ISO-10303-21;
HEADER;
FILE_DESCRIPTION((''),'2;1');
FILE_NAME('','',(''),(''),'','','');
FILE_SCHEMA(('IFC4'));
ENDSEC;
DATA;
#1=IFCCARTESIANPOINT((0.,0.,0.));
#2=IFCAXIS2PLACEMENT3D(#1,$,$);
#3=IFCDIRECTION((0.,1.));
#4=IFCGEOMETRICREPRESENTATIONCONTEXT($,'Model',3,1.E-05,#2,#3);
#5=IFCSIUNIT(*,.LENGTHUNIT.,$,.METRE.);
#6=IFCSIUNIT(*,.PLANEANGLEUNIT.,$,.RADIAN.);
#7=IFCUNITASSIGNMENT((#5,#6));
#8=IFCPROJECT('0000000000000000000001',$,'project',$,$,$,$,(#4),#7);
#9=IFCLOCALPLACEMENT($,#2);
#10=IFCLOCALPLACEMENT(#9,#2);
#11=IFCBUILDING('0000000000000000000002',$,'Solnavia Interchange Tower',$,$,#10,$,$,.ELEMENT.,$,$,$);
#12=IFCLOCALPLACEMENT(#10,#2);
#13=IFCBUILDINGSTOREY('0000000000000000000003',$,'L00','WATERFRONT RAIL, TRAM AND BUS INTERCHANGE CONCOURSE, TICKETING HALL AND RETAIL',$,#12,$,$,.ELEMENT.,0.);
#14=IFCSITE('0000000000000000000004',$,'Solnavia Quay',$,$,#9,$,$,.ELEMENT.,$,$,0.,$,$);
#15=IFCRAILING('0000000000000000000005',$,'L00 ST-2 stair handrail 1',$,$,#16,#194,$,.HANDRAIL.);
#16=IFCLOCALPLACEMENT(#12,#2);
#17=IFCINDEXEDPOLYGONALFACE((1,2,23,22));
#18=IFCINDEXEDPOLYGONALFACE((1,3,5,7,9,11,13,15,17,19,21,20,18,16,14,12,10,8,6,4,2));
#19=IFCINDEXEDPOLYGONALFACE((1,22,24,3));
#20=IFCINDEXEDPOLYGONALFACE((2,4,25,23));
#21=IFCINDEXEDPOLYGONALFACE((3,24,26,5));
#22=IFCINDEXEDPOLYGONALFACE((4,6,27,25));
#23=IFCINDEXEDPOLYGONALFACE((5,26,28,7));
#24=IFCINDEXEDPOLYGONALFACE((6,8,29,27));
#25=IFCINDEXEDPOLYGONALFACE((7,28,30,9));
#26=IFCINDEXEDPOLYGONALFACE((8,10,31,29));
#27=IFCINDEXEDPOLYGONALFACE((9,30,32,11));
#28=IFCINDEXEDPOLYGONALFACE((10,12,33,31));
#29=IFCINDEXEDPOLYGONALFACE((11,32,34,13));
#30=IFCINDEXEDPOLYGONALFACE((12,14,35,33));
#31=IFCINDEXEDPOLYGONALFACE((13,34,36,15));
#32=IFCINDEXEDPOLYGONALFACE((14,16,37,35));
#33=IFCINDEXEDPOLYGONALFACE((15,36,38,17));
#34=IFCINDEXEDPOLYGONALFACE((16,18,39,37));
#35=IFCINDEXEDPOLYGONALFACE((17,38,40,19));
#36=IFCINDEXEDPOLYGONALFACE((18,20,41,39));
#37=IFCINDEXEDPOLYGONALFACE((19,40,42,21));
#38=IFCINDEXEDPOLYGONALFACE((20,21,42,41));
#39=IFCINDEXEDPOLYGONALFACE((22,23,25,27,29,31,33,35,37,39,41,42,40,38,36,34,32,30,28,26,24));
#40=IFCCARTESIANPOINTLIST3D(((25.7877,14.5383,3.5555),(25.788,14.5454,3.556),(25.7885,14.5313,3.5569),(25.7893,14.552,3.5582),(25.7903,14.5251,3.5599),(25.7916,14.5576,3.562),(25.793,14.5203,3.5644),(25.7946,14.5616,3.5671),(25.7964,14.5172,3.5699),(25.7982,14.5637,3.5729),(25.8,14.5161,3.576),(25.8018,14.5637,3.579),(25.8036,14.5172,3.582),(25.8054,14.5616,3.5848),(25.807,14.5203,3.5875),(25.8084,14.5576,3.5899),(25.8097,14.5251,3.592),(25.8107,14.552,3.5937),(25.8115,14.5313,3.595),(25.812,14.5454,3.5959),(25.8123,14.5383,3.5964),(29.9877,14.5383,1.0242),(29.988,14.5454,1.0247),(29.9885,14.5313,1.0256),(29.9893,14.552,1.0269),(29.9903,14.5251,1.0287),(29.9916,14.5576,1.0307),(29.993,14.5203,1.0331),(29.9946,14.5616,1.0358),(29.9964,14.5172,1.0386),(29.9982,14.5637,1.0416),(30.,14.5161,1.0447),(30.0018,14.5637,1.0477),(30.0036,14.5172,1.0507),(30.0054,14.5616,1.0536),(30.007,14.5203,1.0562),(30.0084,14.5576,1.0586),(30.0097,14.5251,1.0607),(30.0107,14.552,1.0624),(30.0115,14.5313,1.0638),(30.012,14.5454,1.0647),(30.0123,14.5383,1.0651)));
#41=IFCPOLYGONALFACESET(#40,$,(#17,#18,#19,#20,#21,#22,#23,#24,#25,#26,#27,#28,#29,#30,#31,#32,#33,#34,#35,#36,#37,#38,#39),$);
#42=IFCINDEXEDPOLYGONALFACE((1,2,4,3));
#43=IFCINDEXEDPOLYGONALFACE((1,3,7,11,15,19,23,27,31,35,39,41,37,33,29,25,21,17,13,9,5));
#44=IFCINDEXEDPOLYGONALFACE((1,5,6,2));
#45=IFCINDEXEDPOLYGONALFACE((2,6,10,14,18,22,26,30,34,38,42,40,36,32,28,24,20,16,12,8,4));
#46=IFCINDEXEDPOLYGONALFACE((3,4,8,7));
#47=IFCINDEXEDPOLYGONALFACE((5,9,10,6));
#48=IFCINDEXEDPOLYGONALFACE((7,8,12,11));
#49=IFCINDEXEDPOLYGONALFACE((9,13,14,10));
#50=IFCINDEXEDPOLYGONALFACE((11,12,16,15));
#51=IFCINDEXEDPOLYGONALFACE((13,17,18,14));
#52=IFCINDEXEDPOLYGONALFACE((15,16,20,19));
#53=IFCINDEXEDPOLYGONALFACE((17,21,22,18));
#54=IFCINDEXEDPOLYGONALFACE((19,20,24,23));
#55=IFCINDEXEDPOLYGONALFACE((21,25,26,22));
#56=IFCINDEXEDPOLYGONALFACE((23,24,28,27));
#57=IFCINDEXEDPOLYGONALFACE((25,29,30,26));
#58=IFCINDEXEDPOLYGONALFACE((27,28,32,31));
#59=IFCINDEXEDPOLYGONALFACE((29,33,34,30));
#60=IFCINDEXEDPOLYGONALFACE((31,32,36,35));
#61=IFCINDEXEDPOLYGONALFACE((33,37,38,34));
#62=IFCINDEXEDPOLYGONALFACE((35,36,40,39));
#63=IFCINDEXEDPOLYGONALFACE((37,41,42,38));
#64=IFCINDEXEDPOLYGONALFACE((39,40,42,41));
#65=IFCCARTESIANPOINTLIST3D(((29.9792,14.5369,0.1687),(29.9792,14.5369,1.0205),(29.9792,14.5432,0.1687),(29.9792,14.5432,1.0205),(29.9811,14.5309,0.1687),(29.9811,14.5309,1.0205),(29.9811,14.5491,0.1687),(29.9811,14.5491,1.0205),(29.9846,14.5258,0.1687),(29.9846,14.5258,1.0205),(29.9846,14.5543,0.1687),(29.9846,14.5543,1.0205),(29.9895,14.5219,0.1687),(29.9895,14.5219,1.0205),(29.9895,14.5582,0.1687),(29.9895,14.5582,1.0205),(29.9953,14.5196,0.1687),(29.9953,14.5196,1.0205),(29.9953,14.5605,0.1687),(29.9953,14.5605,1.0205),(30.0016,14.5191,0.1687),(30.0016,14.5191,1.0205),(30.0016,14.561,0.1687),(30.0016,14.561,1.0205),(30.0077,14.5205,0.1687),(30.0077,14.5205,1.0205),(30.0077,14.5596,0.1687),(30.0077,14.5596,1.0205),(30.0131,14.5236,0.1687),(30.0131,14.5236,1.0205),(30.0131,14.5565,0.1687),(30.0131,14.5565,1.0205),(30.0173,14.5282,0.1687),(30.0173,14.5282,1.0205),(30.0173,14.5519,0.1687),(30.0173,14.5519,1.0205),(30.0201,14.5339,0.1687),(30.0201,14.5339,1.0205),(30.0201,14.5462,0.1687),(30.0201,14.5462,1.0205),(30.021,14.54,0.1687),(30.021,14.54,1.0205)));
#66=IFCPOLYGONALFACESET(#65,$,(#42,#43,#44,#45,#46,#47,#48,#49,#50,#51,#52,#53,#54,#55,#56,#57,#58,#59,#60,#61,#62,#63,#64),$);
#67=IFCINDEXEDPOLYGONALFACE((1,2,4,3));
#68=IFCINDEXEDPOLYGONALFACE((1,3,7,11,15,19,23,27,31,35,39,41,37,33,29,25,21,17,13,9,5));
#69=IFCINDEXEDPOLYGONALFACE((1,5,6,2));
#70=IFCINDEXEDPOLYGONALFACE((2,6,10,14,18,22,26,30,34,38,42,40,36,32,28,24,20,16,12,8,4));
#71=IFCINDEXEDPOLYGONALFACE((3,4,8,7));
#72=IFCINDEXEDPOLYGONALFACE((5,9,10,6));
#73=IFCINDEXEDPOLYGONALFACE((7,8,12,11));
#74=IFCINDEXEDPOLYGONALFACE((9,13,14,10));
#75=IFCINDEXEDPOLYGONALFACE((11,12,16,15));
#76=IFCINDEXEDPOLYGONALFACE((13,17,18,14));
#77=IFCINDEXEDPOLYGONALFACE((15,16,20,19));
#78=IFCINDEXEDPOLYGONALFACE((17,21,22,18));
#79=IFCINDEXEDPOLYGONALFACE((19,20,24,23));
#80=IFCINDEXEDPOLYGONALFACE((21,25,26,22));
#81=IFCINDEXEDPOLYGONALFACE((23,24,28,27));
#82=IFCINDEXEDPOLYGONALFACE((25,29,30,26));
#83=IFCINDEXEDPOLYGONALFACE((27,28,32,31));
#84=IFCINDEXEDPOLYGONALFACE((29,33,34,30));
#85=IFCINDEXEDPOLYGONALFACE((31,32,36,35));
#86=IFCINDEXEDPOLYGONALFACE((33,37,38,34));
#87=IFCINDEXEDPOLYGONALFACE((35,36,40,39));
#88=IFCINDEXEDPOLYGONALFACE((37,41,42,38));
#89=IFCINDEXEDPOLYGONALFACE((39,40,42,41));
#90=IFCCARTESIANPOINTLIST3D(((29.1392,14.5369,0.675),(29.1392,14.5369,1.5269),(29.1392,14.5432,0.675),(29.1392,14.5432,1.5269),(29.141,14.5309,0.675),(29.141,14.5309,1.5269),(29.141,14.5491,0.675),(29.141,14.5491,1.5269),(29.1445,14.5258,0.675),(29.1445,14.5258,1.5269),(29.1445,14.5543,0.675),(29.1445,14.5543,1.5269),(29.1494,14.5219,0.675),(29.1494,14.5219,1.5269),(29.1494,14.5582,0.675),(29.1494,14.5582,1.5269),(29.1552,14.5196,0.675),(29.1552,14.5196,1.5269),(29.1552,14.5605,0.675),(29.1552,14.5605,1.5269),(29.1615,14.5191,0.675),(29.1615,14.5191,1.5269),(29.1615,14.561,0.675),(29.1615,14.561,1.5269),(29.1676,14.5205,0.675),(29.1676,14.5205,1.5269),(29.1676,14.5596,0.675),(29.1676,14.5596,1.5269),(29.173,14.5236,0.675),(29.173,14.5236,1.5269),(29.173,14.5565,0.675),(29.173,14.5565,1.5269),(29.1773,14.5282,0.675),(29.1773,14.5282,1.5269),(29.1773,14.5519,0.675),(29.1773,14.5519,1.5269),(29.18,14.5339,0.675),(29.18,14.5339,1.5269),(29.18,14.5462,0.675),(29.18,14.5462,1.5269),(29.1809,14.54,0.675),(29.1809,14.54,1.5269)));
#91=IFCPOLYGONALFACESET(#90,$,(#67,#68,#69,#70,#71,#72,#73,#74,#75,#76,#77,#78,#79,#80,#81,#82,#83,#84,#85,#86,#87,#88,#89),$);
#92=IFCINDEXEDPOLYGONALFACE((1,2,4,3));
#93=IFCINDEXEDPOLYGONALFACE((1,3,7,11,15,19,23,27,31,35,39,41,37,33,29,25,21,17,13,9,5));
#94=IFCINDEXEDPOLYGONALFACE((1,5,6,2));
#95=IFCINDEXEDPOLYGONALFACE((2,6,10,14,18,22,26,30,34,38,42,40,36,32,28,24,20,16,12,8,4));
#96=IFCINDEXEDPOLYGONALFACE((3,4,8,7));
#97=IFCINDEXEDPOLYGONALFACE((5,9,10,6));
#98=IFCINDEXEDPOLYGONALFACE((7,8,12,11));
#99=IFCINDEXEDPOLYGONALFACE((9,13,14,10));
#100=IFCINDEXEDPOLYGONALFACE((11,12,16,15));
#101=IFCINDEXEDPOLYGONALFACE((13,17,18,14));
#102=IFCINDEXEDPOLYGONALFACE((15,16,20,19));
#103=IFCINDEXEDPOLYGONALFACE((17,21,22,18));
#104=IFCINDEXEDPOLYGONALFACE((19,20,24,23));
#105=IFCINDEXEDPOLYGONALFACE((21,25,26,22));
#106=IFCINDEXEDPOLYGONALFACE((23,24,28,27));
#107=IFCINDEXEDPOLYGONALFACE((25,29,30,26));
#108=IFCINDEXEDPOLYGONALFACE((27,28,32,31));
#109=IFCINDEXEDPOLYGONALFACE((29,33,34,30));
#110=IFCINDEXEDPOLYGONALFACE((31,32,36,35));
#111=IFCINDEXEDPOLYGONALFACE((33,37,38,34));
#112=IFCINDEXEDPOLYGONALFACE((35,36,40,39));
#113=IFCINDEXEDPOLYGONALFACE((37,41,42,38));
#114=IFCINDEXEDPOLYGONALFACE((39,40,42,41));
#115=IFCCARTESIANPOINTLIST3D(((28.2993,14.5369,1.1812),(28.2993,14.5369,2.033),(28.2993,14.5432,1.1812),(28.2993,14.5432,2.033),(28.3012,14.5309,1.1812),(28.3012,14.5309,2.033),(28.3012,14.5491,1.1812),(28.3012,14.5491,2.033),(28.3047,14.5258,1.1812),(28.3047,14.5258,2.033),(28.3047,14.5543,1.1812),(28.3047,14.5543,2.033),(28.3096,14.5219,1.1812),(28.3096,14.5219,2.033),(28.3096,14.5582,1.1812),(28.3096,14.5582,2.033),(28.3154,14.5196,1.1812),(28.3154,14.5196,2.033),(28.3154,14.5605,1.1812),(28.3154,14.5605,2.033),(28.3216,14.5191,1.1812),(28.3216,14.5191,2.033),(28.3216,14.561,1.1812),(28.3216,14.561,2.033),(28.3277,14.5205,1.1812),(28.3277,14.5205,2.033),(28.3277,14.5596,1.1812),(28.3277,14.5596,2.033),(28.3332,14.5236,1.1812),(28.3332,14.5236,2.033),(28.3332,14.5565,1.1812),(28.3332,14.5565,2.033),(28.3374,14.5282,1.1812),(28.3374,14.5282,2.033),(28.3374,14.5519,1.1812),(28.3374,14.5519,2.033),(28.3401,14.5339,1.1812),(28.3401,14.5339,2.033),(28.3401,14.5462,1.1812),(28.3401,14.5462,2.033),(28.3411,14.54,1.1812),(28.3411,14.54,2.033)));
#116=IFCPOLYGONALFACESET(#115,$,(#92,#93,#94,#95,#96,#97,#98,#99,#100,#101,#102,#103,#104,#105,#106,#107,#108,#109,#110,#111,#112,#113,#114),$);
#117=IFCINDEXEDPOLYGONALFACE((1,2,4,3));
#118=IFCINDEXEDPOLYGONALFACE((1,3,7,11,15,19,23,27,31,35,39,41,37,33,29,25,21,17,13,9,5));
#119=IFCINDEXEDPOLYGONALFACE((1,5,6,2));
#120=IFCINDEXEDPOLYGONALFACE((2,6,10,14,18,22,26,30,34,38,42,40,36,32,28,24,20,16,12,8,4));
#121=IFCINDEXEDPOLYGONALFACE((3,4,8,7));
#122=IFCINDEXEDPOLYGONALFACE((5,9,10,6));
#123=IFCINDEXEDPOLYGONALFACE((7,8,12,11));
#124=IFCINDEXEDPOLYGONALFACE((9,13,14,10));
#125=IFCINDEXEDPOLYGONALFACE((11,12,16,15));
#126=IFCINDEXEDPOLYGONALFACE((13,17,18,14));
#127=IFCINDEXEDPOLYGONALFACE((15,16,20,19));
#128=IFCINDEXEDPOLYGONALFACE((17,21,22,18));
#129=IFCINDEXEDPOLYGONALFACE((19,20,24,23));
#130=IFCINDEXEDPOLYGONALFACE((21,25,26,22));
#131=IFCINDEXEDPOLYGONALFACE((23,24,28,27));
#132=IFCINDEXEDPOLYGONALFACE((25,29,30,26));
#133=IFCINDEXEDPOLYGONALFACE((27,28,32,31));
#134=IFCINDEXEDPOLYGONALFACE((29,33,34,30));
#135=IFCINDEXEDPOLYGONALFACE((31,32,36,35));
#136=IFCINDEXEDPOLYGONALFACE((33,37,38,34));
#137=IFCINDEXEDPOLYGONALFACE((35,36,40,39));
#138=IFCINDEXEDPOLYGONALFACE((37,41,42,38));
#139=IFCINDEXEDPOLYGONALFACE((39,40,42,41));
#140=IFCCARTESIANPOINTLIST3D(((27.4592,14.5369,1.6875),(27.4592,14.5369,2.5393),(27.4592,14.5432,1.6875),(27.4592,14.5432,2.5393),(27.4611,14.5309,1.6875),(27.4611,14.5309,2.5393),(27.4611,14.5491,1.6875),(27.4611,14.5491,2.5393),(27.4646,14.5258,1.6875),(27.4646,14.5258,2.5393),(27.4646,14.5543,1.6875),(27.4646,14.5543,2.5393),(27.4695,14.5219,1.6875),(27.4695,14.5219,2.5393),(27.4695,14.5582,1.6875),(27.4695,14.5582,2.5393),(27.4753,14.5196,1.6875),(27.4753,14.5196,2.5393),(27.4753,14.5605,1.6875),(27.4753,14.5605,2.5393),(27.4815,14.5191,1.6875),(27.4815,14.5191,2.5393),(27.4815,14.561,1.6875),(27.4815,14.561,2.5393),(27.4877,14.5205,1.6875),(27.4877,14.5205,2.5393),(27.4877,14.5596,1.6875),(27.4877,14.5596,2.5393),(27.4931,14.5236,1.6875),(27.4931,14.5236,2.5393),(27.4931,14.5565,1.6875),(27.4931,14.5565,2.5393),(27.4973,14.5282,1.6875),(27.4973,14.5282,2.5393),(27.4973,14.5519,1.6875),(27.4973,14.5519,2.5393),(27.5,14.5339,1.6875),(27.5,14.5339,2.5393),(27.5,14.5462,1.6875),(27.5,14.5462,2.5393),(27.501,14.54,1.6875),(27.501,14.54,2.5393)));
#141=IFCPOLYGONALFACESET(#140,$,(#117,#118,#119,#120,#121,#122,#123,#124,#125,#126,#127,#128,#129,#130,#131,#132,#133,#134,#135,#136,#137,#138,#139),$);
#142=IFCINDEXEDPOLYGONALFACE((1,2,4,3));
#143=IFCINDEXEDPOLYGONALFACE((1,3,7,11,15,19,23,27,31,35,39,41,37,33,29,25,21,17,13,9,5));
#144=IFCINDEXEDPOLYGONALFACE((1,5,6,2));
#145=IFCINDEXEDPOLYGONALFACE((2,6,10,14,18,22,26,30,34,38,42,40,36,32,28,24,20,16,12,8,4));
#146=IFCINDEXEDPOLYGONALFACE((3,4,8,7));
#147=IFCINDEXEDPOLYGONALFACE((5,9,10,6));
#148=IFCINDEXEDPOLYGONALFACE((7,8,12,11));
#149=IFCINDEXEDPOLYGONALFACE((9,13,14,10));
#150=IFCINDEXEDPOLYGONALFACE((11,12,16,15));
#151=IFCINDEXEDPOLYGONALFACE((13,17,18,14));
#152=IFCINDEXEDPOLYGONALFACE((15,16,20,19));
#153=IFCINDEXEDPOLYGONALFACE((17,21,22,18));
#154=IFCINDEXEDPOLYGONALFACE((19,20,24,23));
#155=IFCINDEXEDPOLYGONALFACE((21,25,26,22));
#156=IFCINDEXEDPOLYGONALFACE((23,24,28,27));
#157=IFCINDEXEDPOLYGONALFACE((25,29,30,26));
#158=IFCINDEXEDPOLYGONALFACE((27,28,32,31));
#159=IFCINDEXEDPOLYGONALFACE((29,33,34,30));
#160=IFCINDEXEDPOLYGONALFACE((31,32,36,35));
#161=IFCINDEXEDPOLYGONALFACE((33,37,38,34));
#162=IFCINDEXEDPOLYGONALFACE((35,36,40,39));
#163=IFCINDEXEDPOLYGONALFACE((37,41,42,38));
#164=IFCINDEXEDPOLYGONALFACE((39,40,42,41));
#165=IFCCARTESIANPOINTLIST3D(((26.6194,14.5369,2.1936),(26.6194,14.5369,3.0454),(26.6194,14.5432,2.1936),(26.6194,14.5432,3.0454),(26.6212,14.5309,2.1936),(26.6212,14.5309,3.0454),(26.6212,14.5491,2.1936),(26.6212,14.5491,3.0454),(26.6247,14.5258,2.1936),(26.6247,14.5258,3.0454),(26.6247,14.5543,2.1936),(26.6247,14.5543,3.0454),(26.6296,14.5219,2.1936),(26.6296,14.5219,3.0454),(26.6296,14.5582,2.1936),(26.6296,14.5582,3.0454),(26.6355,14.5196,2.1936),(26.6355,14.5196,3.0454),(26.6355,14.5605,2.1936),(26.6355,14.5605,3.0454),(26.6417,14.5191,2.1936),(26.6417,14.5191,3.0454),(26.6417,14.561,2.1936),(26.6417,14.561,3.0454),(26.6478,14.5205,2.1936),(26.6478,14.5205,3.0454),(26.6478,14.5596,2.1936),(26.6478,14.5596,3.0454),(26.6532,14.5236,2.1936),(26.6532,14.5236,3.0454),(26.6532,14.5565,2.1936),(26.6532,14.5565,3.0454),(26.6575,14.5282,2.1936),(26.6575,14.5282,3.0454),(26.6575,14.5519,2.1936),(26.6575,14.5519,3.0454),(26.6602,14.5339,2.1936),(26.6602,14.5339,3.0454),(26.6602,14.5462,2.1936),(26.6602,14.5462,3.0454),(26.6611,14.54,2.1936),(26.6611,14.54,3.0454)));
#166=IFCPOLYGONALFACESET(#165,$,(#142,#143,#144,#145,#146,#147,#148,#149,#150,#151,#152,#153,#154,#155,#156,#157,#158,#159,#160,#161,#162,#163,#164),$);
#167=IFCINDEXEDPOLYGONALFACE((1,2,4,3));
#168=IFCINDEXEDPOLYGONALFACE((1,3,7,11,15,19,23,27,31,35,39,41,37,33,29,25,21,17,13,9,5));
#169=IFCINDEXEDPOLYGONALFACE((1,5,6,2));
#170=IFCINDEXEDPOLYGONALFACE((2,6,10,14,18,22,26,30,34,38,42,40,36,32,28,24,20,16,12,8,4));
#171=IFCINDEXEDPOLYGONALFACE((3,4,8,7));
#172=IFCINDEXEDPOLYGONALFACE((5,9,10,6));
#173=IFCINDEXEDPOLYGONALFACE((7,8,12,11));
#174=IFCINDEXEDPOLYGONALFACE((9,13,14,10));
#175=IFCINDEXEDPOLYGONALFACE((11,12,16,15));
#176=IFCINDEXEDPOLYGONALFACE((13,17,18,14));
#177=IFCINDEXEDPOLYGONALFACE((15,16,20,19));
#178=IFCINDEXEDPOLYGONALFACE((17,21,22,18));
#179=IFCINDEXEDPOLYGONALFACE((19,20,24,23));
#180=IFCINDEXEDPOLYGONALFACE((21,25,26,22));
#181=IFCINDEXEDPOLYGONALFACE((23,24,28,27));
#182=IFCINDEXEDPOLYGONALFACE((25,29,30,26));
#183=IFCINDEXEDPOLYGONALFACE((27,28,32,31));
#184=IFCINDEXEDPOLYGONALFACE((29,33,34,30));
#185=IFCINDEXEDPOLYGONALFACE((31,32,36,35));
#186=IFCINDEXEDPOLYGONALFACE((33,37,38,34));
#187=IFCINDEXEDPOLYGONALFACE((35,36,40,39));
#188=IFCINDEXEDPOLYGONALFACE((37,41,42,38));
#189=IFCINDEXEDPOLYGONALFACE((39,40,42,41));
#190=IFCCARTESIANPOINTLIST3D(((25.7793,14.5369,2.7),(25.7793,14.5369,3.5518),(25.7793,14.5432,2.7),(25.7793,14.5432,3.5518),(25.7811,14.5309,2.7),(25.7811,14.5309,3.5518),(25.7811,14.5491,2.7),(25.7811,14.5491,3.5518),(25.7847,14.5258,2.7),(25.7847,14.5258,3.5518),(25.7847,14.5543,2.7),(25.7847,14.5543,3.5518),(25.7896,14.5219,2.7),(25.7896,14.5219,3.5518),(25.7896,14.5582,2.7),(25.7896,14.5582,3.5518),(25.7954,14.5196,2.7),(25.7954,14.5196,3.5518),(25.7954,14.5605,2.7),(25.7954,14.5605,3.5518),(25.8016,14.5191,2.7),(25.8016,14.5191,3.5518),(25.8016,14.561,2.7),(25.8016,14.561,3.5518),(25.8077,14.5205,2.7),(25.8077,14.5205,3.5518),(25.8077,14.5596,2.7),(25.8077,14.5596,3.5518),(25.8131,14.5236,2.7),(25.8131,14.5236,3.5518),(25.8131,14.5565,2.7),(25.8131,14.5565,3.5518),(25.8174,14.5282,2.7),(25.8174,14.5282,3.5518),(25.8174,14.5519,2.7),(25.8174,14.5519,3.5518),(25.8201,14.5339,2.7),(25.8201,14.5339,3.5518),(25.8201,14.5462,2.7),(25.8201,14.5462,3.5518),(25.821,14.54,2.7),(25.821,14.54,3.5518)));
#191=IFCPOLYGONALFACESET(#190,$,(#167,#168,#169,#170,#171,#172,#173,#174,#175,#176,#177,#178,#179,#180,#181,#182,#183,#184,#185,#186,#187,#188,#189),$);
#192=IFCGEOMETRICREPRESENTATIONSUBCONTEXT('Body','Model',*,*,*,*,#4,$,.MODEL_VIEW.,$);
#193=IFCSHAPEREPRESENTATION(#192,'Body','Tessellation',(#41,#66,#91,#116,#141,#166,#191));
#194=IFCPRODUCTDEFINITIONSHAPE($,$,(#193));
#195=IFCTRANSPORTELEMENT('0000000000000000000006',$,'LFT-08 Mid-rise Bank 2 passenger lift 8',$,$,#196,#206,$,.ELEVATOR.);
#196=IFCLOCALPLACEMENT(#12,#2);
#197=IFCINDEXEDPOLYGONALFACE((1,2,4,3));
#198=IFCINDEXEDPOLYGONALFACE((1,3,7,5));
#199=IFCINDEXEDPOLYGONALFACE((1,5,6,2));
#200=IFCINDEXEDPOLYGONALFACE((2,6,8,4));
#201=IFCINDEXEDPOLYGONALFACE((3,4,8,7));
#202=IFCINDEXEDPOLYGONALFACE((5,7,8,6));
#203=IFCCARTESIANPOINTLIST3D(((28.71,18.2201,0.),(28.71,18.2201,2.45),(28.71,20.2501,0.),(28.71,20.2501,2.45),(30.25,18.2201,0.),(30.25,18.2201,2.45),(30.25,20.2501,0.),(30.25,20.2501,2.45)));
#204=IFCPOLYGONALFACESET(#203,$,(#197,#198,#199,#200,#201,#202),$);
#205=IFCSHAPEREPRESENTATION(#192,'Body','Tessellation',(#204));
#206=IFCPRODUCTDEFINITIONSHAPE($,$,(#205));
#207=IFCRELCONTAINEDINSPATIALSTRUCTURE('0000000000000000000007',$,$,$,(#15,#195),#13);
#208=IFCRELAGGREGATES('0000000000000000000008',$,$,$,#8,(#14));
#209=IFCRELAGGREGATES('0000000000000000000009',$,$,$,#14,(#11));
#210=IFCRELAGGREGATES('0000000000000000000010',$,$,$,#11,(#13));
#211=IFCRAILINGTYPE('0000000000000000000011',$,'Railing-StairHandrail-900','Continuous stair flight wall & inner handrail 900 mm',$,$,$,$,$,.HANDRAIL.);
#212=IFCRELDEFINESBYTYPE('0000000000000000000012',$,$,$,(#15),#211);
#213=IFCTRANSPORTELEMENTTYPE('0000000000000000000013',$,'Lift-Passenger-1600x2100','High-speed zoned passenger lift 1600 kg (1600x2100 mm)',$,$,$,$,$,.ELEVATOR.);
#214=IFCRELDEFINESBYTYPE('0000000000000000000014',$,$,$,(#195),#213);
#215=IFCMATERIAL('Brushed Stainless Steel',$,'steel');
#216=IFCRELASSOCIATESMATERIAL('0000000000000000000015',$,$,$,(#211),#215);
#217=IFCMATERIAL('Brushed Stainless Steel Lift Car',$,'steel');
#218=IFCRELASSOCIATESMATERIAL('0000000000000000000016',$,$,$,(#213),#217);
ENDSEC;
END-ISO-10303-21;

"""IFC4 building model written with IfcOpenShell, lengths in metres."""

from ifc_helpers import new_model, si_unit, direction, frame, origin, origin_2d, place, context, subcontext, project, spatial, rectangle, circle, extrude, material, type_object, element, save


model = new_model("IFC4")

# Units and contexts
model_context = context("Model", 3, precision=1e-05, world=origin(), true_north=direction((0.0, 1.0)))
body_context = subcontext(model_context, "Body", "Model", "MODEL_VIEW")
ifc_project = project(units=[si_unit("LENGTHUNIT", "METRE"), si_unit("PLANEANGLEUNIT", "RADIAN")], contexts=[model_context])

# Site, building, storey
site_placement = place(None, origin())
site = spatial("IfcSite", under=ifc_project, at=site_placement, Name="Solnavia Quay", CompositionType="ELEMENT", RefElevation=0.0)
building_placement = place(site_placement, origin())
building = spatial("IfcBuilding", under=site, at=building_placement, Name="Solnavia Interchange Tower", CompositionType="ELEMENT")
storey_placement = place(building_placement, origin())
storey = spatial("IfcBuildingStorey", under=building, at=storey_placement, Name="L00", Description="WATERFRONT RAIL, TRAM AND BUS INTERCHANGE CONCOURSE, TICKETING HALL AND RETAIL", CompositionType="ELEMENT", Elevation=0.0)

# Railing
ifc_material_1 = material(Name="Brushed Stainless Steel", Category="steel")
railing_type_1 = type_object("IfcRailingType", Name="Railing-StairHandrail-900", Description="Continuous stair flight wall & inner handrail 900 mm", PredefinedType="HANDRAIL", material=ifc_material_1)
railing_1_placement = place(storey_placement, frame((30.0, 14.54, 0.1687)))
element("IfcRailing", 1, at=railing_1_placement, inside=storey, type_object=railing_type_1, Name="L00 ST-2 stair handrail 1", PredefinedType="HANDRAIL", context=body_context, shape_type="SweptSolid", body=[
    extrude(circle(Radius=0.0239, at=origin_2d()), frame((0.0, 0.0, 0.876), z_axis=(-0.856476, 0.0, 0.516186), x_axis=(0.0, -1.0, 0.0)), (0.0, 0.0, 1.0), 4.9038),
    extrude(circle(Radius=0.021, at=origin_2d()), origin(), (0.0, 0.0, 1.0), 0.8518),
    extrude(circle(Radius=0.021, at=origin_2d()), frame((-0.8401, 0.0, 0.5063)), (0.0, 0.0, 1.0), 0.8518),
    extrude(circle(Radius=0.021, at=origin_2d()), frame((-1.6799, 0.0, 1.0125)), (0.0, 0.0, 1.0), 0.8518),
    extrude(circle(Radius=0.021, at=origin_2d()), frame((-2.52, 0.0, 1.5188)), (0.0, 0.0, 1.0), 0.8518),
    extrude(circle(Radius=0.021, at=origin_2d()), frame((-3.3599, 0.0, 2.0249)), (0.0, 0.0, 1.0), 0.8518),
    extrude(circle(Radius=0.021, at=origin_2d()), frame((-4.2, 0.0, 2.5312)), (0.0, 0.0, 1.0), 0.8518),
])

# Transport element
ifc_material_2 = material(Name="Brushed Stainless Steel Lift Car", Category="steel")
transport_element_type = type_object("IfcTransportElementType", Name="Lift-Passenger-1600x2100", Description="High-speed zoned passenger lift 1600 kg (1600x2100 mm)", PredefinedType="ELEVATOR", material=ifc_material_2)
transport_element_placement = place(storey_placement, frame((29.48, 19.2351, 0.0), z_axis=(0.0, 0.0, 1.0), x_axis=(1.0, 0.0, 0.0)))
element("IfcTransportElement", 2, at=transport_element_placement, inside=storey, type_object=transport_element_type, Name="LFT-08 Mid-rise Bank 2 passenger lift 8", PredefinedType="ELEVATOR", context=body_context, shape_type="SweptSolid", body=[
    extrude(rectangle(XDim=1.54, YDim=2.03, at=origin_2d()), origin(), (0.0, 0.0, 1.0), 2.45),
])

save(model, "model.ifc")
